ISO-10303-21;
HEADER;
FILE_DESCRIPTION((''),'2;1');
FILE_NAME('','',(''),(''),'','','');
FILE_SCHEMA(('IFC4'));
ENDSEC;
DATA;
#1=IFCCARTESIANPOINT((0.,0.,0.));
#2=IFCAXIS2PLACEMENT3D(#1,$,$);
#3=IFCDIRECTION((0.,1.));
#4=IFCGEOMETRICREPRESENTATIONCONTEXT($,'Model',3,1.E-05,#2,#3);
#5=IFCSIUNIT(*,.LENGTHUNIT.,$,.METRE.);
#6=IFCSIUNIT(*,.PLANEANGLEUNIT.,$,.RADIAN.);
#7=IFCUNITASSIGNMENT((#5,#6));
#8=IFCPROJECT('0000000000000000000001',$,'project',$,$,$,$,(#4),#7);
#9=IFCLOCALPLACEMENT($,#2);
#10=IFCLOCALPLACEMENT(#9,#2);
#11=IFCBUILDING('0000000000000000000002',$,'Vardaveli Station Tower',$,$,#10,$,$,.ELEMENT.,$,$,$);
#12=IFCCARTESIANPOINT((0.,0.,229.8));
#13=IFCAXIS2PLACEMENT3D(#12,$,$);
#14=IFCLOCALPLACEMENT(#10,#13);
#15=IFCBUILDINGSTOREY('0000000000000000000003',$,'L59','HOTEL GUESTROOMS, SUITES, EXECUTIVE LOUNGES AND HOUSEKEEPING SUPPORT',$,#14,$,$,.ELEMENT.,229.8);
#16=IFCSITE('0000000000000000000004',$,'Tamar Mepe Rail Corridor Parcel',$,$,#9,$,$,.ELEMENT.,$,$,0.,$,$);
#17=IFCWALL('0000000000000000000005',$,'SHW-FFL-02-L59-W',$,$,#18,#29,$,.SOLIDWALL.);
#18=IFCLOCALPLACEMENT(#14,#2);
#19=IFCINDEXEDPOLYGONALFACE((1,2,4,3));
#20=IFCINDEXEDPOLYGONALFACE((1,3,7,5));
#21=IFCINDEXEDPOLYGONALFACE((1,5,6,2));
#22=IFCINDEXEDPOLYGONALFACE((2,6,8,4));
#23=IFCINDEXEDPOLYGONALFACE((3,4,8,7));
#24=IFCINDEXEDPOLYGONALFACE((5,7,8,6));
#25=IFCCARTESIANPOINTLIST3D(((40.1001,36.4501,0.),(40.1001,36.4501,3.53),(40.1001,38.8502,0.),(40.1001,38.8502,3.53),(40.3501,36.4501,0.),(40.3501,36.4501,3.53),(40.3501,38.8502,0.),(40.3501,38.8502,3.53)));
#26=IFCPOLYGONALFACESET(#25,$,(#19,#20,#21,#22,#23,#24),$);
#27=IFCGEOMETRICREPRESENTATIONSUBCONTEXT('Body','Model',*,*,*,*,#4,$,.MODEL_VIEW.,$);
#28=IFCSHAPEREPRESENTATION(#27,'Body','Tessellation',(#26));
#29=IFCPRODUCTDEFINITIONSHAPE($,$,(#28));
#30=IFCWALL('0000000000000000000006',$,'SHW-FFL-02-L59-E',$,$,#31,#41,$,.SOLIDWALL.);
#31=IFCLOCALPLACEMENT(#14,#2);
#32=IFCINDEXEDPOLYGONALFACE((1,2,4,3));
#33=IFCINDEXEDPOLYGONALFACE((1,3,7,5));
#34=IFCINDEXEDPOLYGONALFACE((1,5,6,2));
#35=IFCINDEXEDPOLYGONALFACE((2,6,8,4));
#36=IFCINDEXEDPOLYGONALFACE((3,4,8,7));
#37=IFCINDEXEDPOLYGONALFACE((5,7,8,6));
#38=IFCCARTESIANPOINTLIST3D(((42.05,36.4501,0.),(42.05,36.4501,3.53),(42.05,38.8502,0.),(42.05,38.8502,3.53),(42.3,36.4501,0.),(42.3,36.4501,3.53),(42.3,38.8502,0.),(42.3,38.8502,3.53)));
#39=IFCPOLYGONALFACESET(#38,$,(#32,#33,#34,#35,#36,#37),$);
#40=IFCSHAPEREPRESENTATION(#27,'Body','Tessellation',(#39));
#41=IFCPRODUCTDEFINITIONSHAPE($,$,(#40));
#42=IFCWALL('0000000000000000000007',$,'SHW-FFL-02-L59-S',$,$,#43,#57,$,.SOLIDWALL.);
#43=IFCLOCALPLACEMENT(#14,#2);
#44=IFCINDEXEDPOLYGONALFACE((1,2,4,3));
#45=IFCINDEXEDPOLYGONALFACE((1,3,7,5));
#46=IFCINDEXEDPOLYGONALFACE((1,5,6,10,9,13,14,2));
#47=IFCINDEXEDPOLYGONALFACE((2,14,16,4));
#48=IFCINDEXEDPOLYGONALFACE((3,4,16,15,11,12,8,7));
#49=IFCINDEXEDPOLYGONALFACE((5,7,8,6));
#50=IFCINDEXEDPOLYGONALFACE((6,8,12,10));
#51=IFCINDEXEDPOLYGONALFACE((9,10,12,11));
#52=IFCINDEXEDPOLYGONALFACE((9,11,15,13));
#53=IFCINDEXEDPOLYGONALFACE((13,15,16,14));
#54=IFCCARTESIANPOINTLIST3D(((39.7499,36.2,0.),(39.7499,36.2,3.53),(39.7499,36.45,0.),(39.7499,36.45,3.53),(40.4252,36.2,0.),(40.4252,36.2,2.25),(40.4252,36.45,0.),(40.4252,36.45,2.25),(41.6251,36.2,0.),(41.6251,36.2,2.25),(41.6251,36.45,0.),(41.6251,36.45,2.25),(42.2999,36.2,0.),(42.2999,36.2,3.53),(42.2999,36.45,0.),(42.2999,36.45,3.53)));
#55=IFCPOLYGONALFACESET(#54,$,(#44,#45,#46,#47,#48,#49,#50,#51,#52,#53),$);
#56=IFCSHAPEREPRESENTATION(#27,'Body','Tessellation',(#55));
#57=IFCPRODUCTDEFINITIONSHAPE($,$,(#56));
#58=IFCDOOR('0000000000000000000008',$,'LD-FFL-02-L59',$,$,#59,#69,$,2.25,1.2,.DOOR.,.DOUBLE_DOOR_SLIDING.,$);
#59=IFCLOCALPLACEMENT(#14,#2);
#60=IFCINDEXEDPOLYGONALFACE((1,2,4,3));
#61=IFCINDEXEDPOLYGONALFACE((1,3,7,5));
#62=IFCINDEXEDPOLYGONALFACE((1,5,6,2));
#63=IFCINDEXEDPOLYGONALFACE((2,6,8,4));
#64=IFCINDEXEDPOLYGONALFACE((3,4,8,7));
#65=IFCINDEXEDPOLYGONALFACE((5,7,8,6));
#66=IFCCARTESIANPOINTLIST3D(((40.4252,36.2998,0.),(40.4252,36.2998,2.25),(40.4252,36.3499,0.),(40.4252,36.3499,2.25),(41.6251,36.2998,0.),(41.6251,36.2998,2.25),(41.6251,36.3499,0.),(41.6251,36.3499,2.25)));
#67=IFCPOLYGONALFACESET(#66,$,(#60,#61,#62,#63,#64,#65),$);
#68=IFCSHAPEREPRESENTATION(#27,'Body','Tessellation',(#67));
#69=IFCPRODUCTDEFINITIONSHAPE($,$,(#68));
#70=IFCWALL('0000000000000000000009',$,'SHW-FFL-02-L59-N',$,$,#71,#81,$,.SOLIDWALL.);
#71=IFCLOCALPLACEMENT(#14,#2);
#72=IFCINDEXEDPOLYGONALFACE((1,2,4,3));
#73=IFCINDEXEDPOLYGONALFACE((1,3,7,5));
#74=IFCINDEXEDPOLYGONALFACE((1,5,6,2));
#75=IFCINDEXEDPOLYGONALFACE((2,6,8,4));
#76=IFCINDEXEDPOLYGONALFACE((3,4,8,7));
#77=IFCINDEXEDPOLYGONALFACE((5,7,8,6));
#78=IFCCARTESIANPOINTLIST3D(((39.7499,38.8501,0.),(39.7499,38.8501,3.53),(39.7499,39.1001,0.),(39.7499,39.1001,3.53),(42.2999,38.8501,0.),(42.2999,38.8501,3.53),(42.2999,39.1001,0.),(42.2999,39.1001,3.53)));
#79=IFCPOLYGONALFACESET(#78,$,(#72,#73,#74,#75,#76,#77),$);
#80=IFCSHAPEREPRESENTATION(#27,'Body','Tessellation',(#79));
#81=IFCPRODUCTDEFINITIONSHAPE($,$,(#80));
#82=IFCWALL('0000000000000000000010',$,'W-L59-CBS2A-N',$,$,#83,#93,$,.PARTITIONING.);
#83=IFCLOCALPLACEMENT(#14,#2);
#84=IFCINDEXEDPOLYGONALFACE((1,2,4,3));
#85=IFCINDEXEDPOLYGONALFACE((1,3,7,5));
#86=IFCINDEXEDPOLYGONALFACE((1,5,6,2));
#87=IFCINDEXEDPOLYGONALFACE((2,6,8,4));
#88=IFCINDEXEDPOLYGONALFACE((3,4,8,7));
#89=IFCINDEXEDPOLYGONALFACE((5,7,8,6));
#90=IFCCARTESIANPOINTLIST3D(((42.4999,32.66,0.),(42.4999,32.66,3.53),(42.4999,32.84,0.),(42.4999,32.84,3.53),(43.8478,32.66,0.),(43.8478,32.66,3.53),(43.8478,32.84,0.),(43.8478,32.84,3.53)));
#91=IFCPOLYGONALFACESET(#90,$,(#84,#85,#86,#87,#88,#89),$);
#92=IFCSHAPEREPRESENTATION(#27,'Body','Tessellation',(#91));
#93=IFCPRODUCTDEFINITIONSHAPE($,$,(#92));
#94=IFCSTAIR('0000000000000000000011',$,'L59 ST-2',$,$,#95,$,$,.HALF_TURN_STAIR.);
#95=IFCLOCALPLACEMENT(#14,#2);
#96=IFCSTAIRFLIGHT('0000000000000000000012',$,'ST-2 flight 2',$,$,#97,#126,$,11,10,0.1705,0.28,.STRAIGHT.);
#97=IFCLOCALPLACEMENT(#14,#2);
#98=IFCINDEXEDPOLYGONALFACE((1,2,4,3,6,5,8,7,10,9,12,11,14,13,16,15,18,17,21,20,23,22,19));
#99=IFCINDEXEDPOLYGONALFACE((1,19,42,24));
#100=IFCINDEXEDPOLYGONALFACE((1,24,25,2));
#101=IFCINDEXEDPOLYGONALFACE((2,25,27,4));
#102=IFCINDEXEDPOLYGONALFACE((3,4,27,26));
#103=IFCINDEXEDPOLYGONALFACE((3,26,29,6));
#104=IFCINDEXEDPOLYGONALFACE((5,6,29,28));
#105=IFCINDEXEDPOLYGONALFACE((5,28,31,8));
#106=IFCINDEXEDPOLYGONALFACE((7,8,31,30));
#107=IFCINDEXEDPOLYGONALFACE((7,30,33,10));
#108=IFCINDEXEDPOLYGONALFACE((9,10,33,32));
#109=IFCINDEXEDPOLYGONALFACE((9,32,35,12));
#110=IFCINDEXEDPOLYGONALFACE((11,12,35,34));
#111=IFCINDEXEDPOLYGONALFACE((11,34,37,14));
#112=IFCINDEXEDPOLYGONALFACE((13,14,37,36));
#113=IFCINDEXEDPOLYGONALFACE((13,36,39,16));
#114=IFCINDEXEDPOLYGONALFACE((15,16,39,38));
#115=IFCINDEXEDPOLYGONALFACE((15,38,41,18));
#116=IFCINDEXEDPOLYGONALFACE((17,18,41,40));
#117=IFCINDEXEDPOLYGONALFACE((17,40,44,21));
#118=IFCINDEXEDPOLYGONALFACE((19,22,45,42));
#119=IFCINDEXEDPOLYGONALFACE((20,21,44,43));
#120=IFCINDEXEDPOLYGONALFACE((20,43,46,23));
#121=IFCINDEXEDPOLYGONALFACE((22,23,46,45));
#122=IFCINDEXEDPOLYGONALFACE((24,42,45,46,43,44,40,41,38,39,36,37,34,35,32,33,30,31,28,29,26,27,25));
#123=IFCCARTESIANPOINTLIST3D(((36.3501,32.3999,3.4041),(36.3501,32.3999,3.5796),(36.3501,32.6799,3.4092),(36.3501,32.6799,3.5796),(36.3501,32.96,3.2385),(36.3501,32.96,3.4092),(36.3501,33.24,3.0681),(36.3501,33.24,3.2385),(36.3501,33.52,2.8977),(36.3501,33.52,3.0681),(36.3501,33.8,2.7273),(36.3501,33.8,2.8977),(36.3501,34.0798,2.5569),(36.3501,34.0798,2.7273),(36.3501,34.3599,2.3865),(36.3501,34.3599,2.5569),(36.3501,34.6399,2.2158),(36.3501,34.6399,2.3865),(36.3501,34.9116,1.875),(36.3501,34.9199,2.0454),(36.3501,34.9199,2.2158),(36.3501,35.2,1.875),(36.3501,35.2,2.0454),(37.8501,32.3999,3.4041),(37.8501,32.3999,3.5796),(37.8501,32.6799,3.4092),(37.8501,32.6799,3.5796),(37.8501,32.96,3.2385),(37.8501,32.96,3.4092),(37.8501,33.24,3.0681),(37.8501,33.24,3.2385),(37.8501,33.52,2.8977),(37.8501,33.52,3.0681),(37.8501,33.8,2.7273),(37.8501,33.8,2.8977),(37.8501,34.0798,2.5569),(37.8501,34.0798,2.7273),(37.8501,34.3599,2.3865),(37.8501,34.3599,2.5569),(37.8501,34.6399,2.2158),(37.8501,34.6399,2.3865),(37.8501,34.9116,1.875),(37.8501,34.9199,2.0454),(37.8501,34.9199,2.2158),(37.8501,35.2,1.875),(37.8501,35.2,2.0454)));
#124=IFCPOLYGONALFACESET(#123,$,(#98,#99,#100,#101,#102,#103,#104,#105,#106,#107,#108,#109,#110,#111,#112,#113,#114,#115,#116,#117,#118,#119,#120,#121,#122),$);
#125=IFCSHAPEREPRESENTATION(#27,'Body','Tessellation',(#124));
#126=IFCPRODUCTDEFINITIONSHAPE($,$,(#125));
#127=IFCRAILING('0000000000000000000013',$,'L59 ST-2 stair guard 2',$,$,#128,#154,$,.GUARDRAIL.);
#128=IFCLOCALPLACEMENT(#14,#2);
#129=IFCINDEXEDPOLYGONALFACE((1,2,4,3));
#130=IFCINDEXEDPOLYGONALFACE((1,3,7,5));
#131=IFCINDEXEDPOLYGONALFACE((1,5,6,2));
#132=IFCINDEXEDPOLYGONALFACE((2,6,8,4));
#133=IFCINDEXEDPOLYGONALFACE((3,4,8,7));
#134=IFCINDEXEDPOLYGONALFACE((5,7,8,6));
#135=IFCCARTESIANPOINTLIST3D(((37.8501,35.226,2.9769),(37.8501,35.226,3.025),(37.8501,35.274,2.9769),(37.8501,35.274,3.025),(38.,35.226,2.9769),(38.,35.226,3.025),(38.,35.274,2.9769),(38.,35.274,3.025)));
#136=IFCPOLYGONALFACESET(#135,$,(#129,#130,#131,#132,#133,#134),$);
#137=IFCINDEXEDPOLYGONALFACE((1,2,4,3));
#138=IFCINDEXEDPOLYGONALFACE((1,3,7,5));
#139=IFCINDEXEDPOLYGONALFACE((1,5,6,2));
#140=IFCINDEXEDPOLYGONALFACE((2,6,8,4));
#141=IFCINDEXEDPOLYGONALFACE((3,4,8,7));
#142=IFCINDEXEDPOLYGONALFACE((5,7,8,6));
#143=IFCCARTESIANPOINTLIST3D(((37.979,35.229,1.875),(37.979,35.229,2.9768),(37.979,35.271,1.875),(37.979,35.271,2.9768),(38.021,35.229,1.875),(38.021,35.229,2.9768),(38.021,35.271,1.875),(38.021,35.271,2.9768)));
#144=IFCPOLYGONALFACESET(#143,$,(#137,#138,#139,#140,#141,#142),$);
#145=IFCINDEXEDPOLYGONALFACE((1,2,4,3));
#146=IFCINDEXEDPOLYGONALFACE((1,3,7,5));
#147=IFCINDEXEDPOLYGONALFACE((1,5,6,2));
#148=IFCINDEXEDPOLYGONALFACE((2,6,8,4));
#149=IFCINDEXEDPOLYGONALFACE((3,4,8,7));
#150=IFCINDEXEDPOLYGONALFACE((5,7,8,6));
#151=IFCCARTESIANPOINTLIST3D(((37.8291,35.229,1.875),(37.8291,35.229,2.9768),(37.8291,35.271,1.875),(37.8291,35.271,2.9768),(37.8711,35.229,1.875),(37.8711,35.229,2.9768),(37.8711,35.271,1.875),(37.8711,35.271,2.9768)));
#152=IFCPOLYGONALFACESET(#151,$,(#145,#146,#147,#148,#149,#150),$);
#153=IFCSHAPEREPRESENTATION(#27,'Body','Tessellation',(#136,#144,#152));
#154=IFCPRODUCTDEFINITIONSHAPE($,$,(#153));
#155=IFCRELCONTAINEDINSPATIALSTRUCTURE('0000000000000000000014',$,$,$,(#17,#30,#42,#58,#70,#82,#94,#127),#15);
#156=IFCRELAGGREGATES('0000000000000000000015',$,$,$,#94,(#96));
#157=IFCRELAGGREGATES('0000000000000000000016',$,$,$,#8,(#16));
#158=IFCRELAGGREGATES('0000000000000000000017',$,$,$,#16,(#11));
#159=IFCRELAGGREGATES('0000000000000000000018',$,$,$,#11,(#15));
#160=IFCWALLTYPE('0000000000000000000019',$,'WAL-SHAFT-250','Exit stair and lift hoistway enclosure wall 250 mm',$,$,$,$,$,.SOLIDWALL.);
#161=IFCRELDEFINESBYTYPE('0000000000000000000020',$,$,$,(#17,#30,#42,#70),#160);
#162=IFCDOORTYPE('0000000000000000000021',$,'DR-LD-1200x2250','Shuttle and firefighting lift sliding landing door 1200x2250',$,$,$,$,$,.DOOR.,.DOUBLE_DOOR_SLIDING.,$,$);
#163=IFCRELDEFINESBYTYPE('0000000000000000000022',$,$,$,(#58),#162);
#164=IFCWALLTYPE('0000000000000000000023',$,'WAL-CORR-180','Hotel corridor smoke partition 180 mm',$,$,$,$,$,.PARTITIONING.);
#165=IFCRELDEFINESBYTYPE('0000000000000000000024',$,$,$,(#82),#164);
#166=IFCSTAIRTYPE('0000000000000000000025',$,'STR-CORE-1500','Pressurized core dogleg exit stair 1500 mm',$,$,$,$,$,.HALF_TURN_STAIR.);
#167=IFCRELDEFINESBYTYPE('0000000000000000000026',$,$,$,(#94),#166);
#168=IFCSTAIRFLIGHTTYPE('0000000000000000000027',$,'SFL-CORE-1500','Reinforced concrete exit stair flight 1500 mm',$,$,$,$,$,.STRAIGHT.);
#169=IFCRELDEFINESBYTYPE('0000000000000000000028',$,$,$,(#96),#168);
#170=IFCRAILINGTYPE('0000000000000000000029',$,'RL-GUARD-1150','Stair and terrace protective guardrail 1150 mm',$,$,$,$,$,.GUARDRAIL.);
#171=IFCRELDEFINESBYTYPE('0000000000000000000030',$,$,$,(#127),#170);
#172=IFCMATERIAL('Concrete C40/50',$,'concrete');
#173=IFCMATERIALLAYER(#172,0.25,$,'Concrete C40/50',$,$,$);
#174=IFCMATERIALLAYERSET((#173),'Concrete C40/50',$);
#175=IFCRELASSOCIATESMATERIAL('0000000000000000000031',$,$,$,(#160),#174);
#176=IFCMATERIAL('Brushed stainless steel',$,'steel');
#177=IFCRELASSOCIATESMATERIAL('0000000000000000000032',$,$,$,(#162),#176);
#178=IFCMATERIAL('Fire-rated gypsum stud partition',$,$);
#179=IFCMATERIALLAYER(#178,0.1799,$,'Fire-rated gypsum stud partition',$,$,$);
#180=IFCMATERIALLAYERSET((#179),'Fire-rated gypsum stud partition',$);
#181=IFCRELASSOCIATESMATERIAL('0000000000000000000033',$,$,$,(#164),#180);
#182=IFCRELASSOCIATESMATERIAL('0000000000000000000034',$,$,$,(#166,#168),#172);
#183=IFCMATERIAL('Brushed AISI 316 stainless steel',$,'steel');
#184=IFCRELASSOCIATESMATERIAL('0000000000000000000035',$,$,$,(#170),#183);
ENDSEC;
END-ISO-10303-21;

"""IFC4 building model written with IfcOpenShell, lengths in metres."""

from ifc_helpers import new_model, si_unit, direction, frame, frame_2d, origin, origin_2d, place, context, subcontext, project, spatial, polyline, rectangle, outline, extrude, source, transform, mapped, material, layer, layer_set, type_object, element, fill, aggregate, save


model = new_model("IFC4")

# Units and contexts
model_context = context("Model", 3, precision=1e-05, world=origin(), true_north=direction((0.0, 1.0)))
body_context = subcontext(model_context, "Body", "Model", "MODEL_VIEW")
ifc_project = project(units=[si_unit("LENGTHUNIT", "METRE"), si_unit("PLANEANGLEUNIT", "RADIAN")], contexts=[model_context])

# Site, building, storey
site_placement = place(None, origin())
site = spatial("IfcSite", under=ifc_project, at=site_placement, Name="Tamar Mepe Rail Corridor Parcel", CompositionType="ELEMENT", RefElevation=0.0)
building_placement = place(site_placement, origin())
building = spatial("IfcBuilding", under=site, at=building_placement, Name="Vardaveli Station Tower", CompositionType="ELEMENT")
storey_placement = place(building_placement, frame((0.0, 0.0, 229.8)))
storey = spatial("IfcBuildingStorey", under=building, at=storey_placement, Name="L59", Description="HOTEL GUESTROOMS, SUITES, EXECUTIVE LOUNGES AND HOUSEKEEPING SUPPORT", CompositionType="ELEMENT", Elevation=229.8)

# Walls
ifc_material_1 = material(Name="Concrete C40/50", Category="concrete")
ifc_layer_1 = layer(ifc_material_1, 0.25, Name="Concrete C40/50")
ifc_layer_set_1 = layer_set([ifc_layer_1], Name="Concrete C40/50")
wall_type_1 = type_object("IfcWallType", Name="WAL-SHAFT-250", Description="Exit stair and lift hoistway enclosure wall 250 mm", PredefinedType="SOLIDWALL", material=ifc_layer_set_1)
shared_shape_1 = source(origin(), body_context, "Body", "SweptSolid", [
    extrude(rectangle(XDim=2.4001, YDim=0.25, at=frame_2d((1.2002, 0.0))), origin(), (0.0, 0.0, 1.0), 3.53),
])
for number, where, z_axis, x_axis, name in (
    (1, (40.2251, 36.45, 0.0), (0.0, 0.0, 1.0), (0.0, 1.0, 0.0), "SHW-FFL-02-L59-W"),
    (2, (42.175, 36.45, 0.0), (0.0, 0.0, 1.0), (0.0, 1.0, 0.0), "SHW-FFL-02-L59-E"),
):
    element("IfcWall", number, at=place(storey_placement, frame(where, z_axis=z_axis, x_axis=x_axis)), inside=storey, type_object=wall_type_1, Name=name, PredefinedType="SOLIDWALL", context=body_context, shape_type="MappedRepresentation", body=[
        mapped(shared_shape_1, transform((0.0, 0.0, 0.0), scale=1.0)),
    ])

# Wall, opening, door
shared_shape_2 = source(origin(), body_context, "Body", "SweptSolid", [
    extrude(rectangle(XDim=2.55, YDim=0.25, at=frame_2d((1.2749, 0.0))), origin(), (0.0, 0.0, 1.0), 3.53),
])
wall_1_placement = place(storey_placement, frame((39.75, 36.325, 0.0), z_axis=(0.0, 0.0, 1.0), x_axis=(1.0, 0.0, 0.0)))
wall_1 = element("IfcWall", 3, at=wall_1_placement, inside=storey, type_object=wall_type_1, Name="SHW-FFL-02-L59-S", PredefinedType="SOLIDWALL", context=body_context, shape_type="MappedRepresentation", body=[
    mapped(shared_shape_2, transform((0.0, 0.0, 0.0), scale=1.0)),
])
shared_shape_3 = source(origin(), body_context, "Body", "SweptSolid", [
    extrude(rectangle(XDim=1.2, YDim=2.25, at=frame_2d((0.6001, 1.125))), frame((0.0, 0.135, 0.0), z_axis=(0.0, -1.0, 0.0), x_axis=(1.0, 0.0, 0.0)), (0.0, 0.0, 1.0), 0.27),
])
opening_placement = place(wall_1_placement, frame((0.675, 0.0, 0.0)))
opening = element("IfcOpeningElement", 4, at=opening_placement, cuts=wall_1, PredefinedType="OPENING", context=body_context, shape_type="MappedRepresentation", body=[
    mapped(shared_shape_3, transform((0.0, 0.0, 0.0), scale=1.0)),
])
ifc_material_2 = material(Name="Brushed stainless steel", Category="steel")
door_type = type_object("IfcDoorType", Name="DR-LD-1200x2250", Description="Shuttle and firefighting lift sliding landing door 1200x2250", OperationType="DOUBLE_DOOR_SLIDING", PredefinedType="DOOR", material=ifc_material_2)
shared_shape_4 = source(origin(), body_context, "Body", "SweptSolid", [
    extrude(rectangle(XDim=1.2, YDim=2.25, at=frame_2d((0.6001, 1.125))), frame((0.0, 0.0249, 0.0), z_axis=(0.0, -1.0, 0.0), x_axis=(1.0, 0.0, 0.0)), (0.0, 0.0, 1.0), 0.05),
])
door_placement = place(opening_placement, origin())
door = element("IfcDoor", 5, at=door_placement, inside=storey, type_object=door_type, Name="LD-FFL-02-L59", OperationType="DOUBLE_DOOR_SLIDING", OverallHeight=2.25, OverallWidth=1.2, PredefinedType="DOOR", context=body_context, shape_type="MappedRepresentation", body=[
    mapped(shared_shape_4, transform((0.0, 0.0, 0.0), scale=1.0)),
])
fill(opening, door)

# Walls
wall_2_placement = place(storey_placement, frame((39.75, 38.9751, 0.0), z_axis=(0.0, 0.0, 1.0), x_axis=(1.0, 0.0, 0.0)))
element("IfcWall", 6, at=wall_2_placement, inside=storey, type_object=wall_type_1, Name="SHW-FFL-02-L59-N", PredefinedType="SOLIDWALL", context=body_context, shape_type="MappedRepresentation", body=[
    mapped(shared_shape_2, transform((0.0, 0.0, 0.0), scale=1.0)),
])
ifc_material_3 = material(Name="Fire-rated gypsum stud partition")
ifc_layer_2 = layer(ifc_material_3, 0.1799, Name="Fire-rated gypsum stud partition")
ifc_layer_set_2 = layer_set([ifc_layer_2], Name="Fire-rated gypsum stud partition")
wall_type_2 = type_object("IfcWallType", Name="WAL-CORR-180", Description="Hotel corridor smoke partition 180 mm", PredefinedType="PARTITIONING", material=ifc_layer_set_2)
shared_shape_5 = source(origin(), body_context, "Body", "SweptSolid", [
    extrude(rectangle(XDim=1.3479, YDim=0.1799, at=frame_2d((0.6738, 0.0))), origin(), (0.0, 0.0, 1.0), 3.53),
])
wall_3_placement = place(storey_placement, frame((42.5, 32.75, 0.0), z_axis=(0.0, 0.0, 1.0), x_axis=(1.0, 0.0, 0.0)))
element("IfcWall", 7, at=wall_3_placement, inside=storey, type_object=wall_type_2, Name="W-L59-CBS2A-N", PredefinedType="PARTITIONING", context=body_context, shape_type="MappedRepresentation", body=[
    mapped(shared_shape_5, transform((0.0, 0.0, 0.0), scale=1.0)),
])

# Stair, stair flight
stair_type = type_object("IfcStairType", Name="STR-CORE-1500", Description="Pressurized core dogleg exit stair 1500 mm", PredefinedType="HALF_TURN_STAIR", material=ifc_material_1)
stair_placement = place(storey_placement, origin())
stair = element("IfcStair", 8, at=stair_placement, inside=storey, type_object=stair_type, Name="L59 ST-2", PredefinedType="HALF_TURN_STAIR")
stair_flight_type = type_object("IfcStairFlightType", Name="SFL-CORE-1500", Description="Reinforced concrete exit stair flight 1500 mm", PredefinedType="STRAIGHT", material=ifc_material_1)
shared_shape_6 = source(origin(), body_context, "Body", "SweptSolid", [
    extrude(outline(polyline([(0.0, 0.0), (0.0, 0.1704), (0.28, 0.1704), (0.28, 0.3408), (0.5601, 0.3408), (0.5601, 0.5115), (0.8401, 0.5115), (0.8401, 0.6819), (1.1201, 0.6819), (1.1201, 0.8523), (1.3999, 0.8523), (1.3999, 1.0227), (1.6799, 1.0227), (1.6799, 1.1931), (1.96, 1.1931), (1.96, 1.3635), (2.24, 1.3635), (2.24, 1.5342), (2.52, 1.5342), (2.52, 1.7046), (2.8, 1.7046), (2.8, 1.875), (2.8, 1.5291), (0.2883, 0.0), (0.0, 0.0)])), frame((0.0, 0.75, 0.0), z_axis=(0.0, -1.0, 0.0), x_axis=(1.0, 0.0, 0.0)), (0.0, 0.0, 1.0), 1.5),
])
stair_flight_placement = place(storey_placement, frame((37.1001, 35.2, 1.875), z_axis=(0.0, 0.0, 1.0), x_axis=(0.0, -1.0, 0.0)))
stair_flight = element("IfcStairFlight", 9, at=stair_flight_placement, type_object=stair_flight_type, Name="ST-2 flight 2", NumberOfRisers=11, NumberOfTreads=10, PredefinedType="STRAIGHT", RiserHeight=0.1705, TreadLength=0.28, context=body_context, shape_type="MappedRepresentation", body=[
    mapped(shared_shape_6, transform((0.0, 0.0, 0.0), scale=1.0)),
])
aggregate(stair, [stair_flight])

# Railing
ifc_material_4 = material(Name="Brushed AISI 316 stainless steel", Category="steel")
railing_type_1 = type_object("IfcRailingType", Name="RL-GUARD-1150", Description="Stair and terrace protective guardrail 1150 mm", PredefinedType="GUARDRAIL", material=ifc_material_4)
shared_shape_7 = source(origin(), body_context, "Body", "SweptSolid", [
    extrude(rectangle(XDim=0.0481, YDim=0.0481, at=origin_2d()), frame((0.0, 0.0, 1.126), z_axis=(-1.0, 0.0, 0.0), x_axis=(0.0, -1.0, 0.0)), (0.0, 0.0, 1.0), 0.1499),
    extrude(rectangle(XDim=0.042, YDim=0.042, at=origin_2d()), origin(), (0.0, 0.0, 1.0), 1.1018),
    extrude(rectangle(XDim=0.042, YDim=0.042, at=origin_2d()), frame((-0.1499, 0.0, 0.0)), (0.0, 0.0, 1.0), 1.1018),
])
railing_1_placement = place(storey_placement, frame((38.0, 35.25, 1.875)))
element("IfcRailing", 10, at=railing_1_placement, inside=storey, type_object=railing_type_1, Name="L59 ST-2 stair guard 2", PredefinedType="GUARDRAIL", context=body_context, shape_type="MappedRepresentation", body=[
    mapped(shared_shape_7, transform((0.0, 0.0, 0.0), scale=1.0)),
])

save(model, "model.ifc")
